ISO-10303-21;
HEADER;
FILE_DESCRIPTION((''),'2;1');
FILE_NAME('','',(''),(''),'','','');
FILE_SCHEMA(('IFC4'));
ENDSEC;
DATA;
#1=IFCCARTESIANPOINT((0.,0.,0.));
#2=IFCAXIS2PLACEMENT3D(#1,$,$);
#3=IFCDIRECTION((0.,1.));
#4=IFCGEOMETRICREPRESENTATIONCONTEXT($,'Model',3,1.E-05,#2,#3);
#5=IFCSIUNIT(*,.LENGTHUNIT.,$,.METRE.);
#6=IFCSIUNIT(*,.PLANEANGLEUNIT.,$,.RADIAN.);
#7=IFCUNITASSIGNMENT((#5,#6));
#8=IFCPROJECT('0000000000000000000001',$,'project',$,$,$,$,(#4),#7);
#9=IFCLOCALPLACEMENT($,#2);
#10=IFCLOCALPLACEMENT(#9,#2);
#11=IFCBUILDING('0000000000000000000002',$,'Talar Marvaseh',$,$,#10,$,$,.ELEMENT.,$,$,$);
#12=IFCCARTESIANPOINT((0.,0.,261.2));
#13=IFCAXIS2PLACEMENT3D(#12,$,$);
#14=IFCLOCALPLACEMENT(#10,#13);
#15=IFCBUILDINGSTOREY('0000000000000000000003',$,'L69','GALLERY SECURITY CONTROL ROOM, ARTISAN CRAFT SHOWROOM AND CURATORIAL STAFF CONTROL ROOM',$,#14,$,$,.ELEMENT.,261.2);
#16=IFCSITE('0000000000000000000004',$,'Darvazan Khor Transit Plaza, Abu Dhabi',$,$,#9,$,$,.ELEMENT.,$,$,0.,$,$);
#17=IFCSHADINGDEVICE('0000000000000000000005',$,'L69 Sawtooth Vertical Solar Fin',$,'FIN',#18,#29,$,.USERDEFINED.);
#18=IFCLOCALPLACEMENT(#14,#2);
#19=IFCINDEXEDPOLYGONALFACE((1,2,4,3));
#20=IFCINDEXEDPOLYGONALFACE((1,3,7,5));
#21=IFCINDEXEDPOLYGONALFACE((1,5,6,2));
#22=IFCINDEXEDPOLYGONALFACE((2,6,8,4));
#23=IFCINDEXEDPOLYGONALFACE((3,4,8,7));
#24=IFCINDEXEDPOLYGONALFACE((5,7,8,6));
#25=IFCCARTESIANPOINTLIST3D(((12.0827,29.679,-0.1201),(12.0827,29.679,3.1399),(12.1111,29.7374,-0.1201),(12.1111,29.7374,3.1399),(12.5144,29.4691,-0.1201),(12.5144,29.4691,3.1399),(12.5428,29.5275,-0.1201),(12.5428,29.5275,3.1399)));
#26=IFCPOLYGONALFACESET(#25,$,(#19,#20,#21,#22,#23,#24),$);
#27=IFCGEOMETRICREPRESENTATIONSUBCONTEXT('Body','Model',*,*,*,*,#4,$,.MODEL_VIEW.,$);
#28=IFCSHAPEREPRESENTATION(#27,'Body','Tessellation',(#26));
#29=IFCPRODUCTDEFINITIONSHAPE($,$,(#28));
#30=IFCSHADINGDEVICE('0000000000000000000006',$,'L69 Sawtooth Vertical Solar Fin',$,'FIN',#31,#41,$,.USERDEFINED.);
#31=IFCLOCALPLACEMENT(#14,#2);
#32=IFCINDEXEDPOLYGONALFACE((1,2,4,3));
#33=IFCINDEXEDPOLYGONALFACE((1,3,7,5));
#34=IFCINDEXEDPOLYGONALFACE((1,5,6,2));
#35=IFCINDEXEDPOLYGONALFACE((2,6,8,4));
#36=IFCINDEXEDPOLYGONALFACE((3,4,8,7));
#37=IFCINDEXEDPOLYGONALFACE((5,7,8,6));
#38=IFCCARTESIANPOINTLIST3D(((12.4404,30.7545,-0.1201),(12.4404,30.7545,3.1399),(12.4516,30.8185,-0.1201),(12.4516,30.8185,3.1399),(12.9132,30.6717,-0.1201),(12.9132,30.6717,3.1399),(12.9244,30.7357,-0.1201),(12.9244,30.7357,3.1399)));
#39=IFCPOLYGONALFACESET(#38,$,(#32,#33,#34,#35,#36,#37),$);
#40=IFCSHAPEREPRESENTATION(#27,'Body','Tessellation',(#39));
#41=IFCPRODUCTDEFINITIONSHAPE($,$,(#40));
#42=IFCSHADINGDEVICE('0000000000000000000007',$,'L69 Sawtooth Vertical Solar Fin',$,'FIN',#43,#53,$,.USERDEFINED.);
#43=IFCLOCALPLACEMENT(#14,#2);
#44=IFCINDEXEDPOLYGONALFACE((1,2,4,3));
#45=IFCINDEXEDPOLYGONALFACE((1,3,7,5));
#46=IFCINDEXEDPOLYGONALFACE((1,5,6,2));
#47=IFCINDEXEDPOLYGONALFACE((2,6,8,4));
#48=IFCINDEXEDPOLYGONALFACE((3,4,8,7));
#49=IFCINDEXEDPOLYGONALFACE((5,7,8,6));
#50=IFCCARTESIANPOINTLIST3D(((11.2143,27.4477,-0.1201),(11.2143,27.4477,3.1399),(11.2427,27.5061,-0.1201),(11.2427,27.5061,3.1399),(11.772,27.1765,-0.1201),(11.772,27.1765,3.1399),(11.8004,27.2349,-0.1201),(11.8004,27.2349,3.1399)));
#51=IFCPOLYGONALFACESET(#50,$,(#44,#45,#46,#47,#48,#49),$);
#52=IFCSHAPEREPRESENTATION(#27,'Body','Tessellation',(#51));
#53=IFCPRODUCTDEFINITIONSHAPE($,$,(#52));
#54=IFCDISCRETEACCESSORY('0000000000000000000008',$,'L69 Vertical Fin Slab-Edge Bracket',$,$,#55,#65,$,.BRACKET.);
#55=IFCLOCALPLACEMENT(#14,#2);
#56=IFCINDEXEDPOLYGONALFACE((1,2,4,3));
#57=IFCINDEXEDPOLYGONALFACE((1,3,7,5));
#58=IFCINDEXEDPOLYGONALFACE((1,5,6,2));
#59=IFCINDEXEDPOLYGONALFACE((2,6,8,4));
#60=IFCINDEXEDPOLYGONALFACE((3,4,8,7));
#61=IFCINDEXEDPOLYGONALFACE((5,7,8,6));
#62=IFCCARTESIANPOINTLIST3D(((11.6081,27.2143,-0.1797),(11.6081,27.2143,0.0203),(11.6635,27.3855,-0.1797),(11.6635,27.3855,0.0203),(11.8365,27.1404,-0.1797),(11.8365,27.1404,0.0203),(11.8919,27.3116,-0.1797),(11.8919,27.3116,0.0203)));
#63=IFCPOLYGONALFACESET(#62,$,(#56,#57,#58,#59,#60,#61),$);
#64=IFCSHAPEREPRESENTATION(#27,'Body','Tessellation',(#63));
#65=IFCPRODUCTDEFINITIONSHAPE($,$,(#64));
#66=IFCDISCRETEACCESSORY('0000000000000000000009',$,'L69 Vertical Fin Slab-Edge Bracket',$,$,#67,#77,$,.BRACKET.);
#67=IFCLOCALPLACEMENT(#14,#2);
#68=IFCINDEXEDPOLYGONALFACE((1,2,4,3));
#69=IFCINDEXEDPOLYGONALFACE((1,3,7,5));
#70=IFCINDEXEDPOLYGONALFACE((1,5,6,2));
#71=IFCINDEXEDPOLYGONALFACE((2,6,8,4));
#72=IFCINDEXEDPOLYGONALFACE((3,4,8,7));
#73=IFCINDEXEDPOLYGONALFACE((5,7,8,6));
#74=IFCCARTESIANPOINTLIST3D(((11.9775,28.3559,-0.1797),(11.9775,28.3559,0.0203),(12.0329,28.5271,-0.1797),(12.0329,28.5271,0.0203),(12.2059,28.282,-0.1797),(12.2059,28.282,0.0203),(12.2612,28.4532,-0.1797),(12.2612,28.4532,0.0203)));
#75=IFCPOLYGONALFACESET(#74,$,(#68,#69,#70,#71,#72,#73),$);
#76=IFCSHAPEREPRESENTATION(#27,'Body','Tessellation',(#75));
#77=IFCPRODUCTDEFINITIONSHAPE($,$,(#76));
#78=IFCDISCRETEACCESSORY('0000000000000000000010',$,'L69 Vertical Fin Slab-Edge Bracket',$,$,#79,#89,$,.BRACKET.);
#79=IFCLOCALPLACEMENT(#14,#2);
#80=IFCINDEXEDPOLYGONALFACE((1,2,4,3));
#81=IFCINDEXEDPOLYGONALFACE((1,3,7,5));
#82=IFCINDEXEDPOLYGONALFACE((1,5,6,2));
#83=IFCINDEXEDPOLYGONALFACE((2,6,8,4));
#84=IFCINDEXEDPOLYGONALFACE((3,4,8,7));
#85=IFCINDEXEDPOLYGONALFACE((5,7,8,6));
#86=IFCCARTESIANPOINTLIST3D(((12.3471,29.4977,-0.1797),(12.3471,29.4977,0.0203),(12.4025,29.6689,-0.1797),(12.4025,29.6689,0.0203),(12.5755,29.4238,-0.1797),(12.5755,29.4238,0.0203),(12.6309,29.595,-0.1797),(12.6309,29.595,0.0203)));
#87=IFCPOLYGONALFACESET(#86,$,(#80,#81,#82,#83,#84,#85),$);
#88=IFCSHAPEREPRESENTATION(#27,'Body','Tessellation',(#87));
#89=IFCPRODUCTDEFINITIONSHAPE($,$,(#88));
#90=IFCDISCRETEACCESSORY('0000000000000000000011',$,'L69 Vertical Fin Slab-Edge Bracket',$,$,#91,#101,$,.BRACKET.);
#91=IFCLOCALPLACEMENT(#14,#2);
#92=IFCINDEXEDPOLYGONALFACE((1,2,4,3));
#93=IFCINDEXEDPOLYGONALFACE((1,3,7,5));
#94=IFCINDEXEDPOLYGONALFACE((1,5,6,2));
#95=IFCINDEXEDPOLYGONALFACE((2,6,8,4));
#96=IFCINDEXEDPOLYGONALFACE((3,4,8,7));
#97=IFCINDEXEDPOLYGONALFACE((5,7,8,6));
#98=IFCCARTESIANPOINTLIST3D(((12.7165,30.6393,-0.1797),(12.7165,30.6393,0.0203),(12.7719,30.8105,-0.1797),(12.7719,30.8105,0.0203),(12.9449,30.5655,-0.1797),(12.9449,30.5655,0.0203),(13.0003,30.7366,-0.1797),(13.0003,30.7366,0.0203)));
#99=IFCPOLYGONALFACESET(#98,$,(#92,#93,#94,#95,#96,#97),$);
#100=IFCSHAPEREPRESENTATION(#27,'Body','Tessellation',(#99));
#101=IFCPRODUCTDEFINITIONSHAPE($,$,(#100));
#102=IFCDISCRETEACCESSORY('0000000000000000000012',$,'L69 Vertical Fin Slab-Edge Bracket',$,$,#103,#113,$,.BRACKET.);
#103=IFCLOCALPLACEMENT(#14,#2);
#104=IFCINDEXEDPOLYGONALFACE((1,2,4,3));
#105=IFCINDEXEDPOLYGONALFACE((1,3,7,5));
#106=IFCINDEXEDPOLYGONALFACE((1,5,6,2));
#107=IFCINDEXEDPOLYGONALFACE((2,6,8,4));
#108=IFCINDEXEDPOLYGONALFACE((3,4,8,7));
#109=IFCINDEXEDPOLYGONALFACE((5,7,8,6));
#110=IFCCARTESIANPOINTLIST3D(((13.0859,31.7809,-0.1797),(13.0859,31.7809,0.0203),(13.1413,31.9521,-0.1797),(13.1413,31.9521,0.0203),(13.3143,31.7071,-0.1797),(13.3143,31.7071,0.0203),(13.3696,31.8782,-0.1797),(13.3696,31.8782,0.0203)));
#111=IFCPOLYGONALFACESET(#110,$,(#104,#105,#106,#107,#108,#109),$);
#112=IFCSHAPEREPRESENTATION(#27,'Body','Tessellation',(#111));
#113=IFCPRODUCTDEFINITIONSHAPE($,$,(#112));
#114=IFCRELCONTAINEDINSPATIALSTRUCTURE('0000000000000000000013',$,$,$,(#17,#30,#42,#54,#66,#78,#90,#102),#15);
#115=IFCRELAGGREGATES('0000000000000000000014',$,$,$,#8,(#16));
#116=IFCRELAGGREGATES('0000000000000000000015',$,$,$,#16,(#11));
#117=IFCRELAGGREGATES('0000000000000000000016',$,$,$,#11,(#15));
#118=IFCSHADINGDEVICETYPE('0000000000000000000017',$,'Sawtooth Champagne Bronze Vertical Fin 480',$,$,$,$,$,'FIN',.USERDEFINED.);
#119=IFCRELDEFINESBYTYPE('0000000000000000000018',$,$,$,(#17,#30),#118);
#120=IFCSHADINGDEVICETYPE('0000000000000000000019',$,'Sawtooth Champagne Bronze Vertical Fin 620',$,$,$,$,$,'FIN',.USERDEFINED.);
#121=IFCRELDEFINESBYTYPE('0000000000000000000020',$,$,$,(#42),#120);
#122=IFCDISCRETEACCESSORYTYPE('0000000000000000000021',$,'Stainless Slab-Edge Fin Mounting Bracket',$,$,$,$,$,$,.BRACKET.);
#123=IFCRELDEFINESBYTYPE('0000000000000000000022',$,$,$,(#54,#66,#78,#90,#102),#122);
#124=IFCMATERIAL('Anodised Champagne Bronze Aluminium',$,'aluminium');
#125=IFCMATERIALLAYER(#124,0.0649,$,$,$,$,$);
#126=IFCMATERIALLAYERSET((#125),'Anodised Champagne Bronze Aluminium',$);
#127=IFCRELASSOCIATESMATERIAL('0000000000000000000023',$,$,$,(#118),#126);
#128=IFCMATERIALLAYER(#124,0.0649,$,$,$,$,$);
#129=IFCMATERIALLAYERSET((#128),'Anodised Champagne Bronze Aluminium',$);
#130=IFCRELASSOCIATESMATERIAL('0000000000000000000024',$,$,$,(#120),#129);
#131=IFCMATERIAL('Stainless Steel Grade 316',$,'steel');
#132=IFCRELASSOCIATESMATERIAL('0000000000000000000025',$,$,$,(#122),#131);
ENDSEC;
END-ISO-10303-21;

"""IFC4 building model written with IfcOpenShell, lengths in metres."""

from ifc_helpers import new_model, si_unit, direction, frame, origin, origin_2d, place, context, subcontext, project, spatial, rectangle, extrude, source, transform, mapped, material, layer, layer_set, type_object, type_shapes, element, save


model = new_model("IFC4")

# Units and contexts
model_context = context("Model", 3, precision=1e-05, world=origin(), true_north=direction((0.0, 1.0)))
body_context = subcontext(model_context, "Body", "Model", "MODEL_VIEW")
ifc_project = project(units=[si_unit("LENGTHUNIT", "METRE"), si_unit("PLANEANGLEUNIT", "RADIAN")], contexts=[model_context])

# Site, building, storey
site_placement = place(None, origin())
site = spatial("IfcSite", under=ifc_project, at=site_placement, Name="Darvazan Khor Transit Plaza, Abu Dhabi", CompositionType="ELEMENT", RefElevation=0.0)
building_placement = place(site_placement, origin())
building = spatial("IfcBuilding", under=site, at=building_placement, Name="Talar Marvaseh", CompositionType="ELEMENT")
storey_placement = place(building_placement, frame((0.0, 0.0, 261.2)))
storey = spatial("IfcBuildingStorey", under=building, at=storey_placement, Name="L69", Description="GALLERY SECURITY CONTROL ROOM, ARTISAN CRAFT SHOWROOM AND CURATORIAL STAFF CONTROL ROOM", CompositionType="ELEMENT", Elevation=261.2)

# Shading devices
ifc_material_1 = material(Name="Anodised Champagne Bronze Aluminium", Category="aluminium")
ifc_layer_1 = layer(ifc_material_1, 0.0649)
ifc_layer_set_1 = layer_set([ifc_layer_1], Name="Anodised Champagne Bronze Aluminium")
shading_device_type_1 = type_object("IfcShadingDeviceType", Name="Sawtooth Champagne Bronze Vertical Fin 480", ElementType="FIN", PredefinedType="USERDEFINED", material=ifc_layer_set_1)
shared_shape_1 = source(origin(), body_context, "Body", "SweptSolid", [
    extrude(rectangle(XDim=0.48, YDim=0.0649, at=origin_2d()), origin(), (0.0, 0.0, 1.0), 3.26),
])
type_shapes(shading_device_type_1, [shared_shape_1])
for number, where, z_axis, x_axis, name in (
    (1, (12.3127, 29.6033, -0.1201), (0.0, 0.0, 1.0), (-0.899329, 0.437273, 0.0), "L69 Sawtooth Vertical Solar Fin"),
    (2, (12.6824, 30.7451, -0.1201), (0.0, 0.0, 1.0), (-0.985019, 0.172445, 0.0), "L69 Sawtooth Vertical Solar Fin"),
):
    element("IfcShadingDevice", number, at=place(storey_placement, frame(where, z_axis=z_axis, x_axis=x_axis)), inside=storey, type_object=shading_device_type_1, Name=name, ObjectType="FIN", PredefinedType="USERDEFINED", context=body_context, shape_type="MappedRepresentation", body=[
        mapped(shared_shape_1, transform((0.0, 0.0, 0.0), x_axis=(1.0, 0.0, 0.0), y_axis=(0.0, 1.0, 0.0), z_axis=(0.0, 0.0, 1.0), scale=1.0)),
    ])
ifc_layer_2 = layer(ifc_material_1, 0.0649)
ifc_layer_set_2 = layer_set([ifc_layer_2], Name="Anodised Champagne Bronze Aluminium")
shading_device_type_2 = type_object("IfcShadingDeviceType", Name="Sawtooth Champagne Bronze Vertical Fin 620", ElementType="FIN", PredefinedType="USERDEFINED", material=ifc_layer_set_2)
shared_shape_2 = source(origin(), body_context, "Body", "SweptSolid", [
    extrude(rectangle(XDim=0.6201, YDim=0.0649, at=origin_2d()), origin(), (0.0, 0.0, 1.0), 3.26),
])
type_shapes(shading_device_type_2, [shared_shape_2])
shading_device_placement = place(storey_placement, frame((11.5073, 27.3413, -0.1201), z_axis=(0.0, 0.0, 1.0), x_axis=(-0.899329, 0.437273, 0.0)))
element("IfcShadingDevice", 3, at=shading_device_placement, inside=storey, type_object=shading_device_type_2, Name="L69 Sawtooth Vertical Solar Fin", ObjectType="FIN", PredefinedType="USERDEFINED", context=body_context, shape_type="MappedRepresentation", body=[
    mapped(shared_shape_2, transform((0.0, 0.0, 0.0), x_axis=(1.0, 0.0, 0.0), y_axis=(0.0, 1.0, 0.0), z_axis=(0.0, 0.0, 1.0), scale=1.0)),
])

# Discrete accessories
ifc_material_2 = material(Name="Stainless Steel Grade 316", Category="steel")
discrete_accessory_type = type_object("IfcDiscreteAccessoryType", Name="Stainless Slab-Edge Fin Mounting Bracket", PredefinedType="BRACKET", material=ifc_material_2)
shared_shape_3 = source(origin(), body_context, "Body", "SweptSolid", [
    extrude(rectangle(XDim=0.24, YDim=0.1799, at=origin_2d()), origin(), (0.0, 0.0, 1.0), 0.2),
])
type_shapes(discrete_accessory_type, [shared_shape_3])
for number, where, z_axis, x_axis, name in (
    (4, (11.75, 27.2629, -0.1797), (0.0, 0.0, 1.0), (-0.951433, 0.307855, 0.0), "L69 Vertical Fin Slab-Edge Bracket"),
    (5, (12.1194, 28.4045, -0.1797), (0.0, 0.0, 1.0), (-0.951433, 0.307855, 0.0), "L69 Vertical Fin Slab-Edge Bracket"),
    (6, (12.489, 29.5464, -0.1797), (0.0, 0.0, 1.0), (-0.951433, 0.307855, 0.0), "L69 Vertical Fin Slab-Edge Bracket"),
    (7, (12.8584, 30.688, -0.1797), (0.0, 0.0, 1.0), (-0.951433, 0.307855, 0.0), "L69 Vertical Fin Slab-Edge Bracket"),
    (8, (13.2278, 31.8296, -0.1797), (0.0, 0.0, 1.0), (-0.951433, 0.307855, 0.0), "L69 Vertical Fin Slab-Edge Bracket"),
):
    element("IfcDiscreteAccessory", number, at=place(storey_placement, frame(where, z_axis=z_axis, x_axis=x_axis)), inside=storey, type_object=discrete_accessory_type, Name=name, PredefinedType="BRACKET", context=body_context, shape_type="MappedRepresentation", body=[
        mapped(shared_shape_3, transform((0.0, 0.0, 0.0), x_axis=(1.0, 0.0, 0.0), y_axis=(0.0, 1.0, 0.0), z_axis=(0.0, 0.0, 1.0), scale=1.0)),
    ])

save(model, "model.ifc")
